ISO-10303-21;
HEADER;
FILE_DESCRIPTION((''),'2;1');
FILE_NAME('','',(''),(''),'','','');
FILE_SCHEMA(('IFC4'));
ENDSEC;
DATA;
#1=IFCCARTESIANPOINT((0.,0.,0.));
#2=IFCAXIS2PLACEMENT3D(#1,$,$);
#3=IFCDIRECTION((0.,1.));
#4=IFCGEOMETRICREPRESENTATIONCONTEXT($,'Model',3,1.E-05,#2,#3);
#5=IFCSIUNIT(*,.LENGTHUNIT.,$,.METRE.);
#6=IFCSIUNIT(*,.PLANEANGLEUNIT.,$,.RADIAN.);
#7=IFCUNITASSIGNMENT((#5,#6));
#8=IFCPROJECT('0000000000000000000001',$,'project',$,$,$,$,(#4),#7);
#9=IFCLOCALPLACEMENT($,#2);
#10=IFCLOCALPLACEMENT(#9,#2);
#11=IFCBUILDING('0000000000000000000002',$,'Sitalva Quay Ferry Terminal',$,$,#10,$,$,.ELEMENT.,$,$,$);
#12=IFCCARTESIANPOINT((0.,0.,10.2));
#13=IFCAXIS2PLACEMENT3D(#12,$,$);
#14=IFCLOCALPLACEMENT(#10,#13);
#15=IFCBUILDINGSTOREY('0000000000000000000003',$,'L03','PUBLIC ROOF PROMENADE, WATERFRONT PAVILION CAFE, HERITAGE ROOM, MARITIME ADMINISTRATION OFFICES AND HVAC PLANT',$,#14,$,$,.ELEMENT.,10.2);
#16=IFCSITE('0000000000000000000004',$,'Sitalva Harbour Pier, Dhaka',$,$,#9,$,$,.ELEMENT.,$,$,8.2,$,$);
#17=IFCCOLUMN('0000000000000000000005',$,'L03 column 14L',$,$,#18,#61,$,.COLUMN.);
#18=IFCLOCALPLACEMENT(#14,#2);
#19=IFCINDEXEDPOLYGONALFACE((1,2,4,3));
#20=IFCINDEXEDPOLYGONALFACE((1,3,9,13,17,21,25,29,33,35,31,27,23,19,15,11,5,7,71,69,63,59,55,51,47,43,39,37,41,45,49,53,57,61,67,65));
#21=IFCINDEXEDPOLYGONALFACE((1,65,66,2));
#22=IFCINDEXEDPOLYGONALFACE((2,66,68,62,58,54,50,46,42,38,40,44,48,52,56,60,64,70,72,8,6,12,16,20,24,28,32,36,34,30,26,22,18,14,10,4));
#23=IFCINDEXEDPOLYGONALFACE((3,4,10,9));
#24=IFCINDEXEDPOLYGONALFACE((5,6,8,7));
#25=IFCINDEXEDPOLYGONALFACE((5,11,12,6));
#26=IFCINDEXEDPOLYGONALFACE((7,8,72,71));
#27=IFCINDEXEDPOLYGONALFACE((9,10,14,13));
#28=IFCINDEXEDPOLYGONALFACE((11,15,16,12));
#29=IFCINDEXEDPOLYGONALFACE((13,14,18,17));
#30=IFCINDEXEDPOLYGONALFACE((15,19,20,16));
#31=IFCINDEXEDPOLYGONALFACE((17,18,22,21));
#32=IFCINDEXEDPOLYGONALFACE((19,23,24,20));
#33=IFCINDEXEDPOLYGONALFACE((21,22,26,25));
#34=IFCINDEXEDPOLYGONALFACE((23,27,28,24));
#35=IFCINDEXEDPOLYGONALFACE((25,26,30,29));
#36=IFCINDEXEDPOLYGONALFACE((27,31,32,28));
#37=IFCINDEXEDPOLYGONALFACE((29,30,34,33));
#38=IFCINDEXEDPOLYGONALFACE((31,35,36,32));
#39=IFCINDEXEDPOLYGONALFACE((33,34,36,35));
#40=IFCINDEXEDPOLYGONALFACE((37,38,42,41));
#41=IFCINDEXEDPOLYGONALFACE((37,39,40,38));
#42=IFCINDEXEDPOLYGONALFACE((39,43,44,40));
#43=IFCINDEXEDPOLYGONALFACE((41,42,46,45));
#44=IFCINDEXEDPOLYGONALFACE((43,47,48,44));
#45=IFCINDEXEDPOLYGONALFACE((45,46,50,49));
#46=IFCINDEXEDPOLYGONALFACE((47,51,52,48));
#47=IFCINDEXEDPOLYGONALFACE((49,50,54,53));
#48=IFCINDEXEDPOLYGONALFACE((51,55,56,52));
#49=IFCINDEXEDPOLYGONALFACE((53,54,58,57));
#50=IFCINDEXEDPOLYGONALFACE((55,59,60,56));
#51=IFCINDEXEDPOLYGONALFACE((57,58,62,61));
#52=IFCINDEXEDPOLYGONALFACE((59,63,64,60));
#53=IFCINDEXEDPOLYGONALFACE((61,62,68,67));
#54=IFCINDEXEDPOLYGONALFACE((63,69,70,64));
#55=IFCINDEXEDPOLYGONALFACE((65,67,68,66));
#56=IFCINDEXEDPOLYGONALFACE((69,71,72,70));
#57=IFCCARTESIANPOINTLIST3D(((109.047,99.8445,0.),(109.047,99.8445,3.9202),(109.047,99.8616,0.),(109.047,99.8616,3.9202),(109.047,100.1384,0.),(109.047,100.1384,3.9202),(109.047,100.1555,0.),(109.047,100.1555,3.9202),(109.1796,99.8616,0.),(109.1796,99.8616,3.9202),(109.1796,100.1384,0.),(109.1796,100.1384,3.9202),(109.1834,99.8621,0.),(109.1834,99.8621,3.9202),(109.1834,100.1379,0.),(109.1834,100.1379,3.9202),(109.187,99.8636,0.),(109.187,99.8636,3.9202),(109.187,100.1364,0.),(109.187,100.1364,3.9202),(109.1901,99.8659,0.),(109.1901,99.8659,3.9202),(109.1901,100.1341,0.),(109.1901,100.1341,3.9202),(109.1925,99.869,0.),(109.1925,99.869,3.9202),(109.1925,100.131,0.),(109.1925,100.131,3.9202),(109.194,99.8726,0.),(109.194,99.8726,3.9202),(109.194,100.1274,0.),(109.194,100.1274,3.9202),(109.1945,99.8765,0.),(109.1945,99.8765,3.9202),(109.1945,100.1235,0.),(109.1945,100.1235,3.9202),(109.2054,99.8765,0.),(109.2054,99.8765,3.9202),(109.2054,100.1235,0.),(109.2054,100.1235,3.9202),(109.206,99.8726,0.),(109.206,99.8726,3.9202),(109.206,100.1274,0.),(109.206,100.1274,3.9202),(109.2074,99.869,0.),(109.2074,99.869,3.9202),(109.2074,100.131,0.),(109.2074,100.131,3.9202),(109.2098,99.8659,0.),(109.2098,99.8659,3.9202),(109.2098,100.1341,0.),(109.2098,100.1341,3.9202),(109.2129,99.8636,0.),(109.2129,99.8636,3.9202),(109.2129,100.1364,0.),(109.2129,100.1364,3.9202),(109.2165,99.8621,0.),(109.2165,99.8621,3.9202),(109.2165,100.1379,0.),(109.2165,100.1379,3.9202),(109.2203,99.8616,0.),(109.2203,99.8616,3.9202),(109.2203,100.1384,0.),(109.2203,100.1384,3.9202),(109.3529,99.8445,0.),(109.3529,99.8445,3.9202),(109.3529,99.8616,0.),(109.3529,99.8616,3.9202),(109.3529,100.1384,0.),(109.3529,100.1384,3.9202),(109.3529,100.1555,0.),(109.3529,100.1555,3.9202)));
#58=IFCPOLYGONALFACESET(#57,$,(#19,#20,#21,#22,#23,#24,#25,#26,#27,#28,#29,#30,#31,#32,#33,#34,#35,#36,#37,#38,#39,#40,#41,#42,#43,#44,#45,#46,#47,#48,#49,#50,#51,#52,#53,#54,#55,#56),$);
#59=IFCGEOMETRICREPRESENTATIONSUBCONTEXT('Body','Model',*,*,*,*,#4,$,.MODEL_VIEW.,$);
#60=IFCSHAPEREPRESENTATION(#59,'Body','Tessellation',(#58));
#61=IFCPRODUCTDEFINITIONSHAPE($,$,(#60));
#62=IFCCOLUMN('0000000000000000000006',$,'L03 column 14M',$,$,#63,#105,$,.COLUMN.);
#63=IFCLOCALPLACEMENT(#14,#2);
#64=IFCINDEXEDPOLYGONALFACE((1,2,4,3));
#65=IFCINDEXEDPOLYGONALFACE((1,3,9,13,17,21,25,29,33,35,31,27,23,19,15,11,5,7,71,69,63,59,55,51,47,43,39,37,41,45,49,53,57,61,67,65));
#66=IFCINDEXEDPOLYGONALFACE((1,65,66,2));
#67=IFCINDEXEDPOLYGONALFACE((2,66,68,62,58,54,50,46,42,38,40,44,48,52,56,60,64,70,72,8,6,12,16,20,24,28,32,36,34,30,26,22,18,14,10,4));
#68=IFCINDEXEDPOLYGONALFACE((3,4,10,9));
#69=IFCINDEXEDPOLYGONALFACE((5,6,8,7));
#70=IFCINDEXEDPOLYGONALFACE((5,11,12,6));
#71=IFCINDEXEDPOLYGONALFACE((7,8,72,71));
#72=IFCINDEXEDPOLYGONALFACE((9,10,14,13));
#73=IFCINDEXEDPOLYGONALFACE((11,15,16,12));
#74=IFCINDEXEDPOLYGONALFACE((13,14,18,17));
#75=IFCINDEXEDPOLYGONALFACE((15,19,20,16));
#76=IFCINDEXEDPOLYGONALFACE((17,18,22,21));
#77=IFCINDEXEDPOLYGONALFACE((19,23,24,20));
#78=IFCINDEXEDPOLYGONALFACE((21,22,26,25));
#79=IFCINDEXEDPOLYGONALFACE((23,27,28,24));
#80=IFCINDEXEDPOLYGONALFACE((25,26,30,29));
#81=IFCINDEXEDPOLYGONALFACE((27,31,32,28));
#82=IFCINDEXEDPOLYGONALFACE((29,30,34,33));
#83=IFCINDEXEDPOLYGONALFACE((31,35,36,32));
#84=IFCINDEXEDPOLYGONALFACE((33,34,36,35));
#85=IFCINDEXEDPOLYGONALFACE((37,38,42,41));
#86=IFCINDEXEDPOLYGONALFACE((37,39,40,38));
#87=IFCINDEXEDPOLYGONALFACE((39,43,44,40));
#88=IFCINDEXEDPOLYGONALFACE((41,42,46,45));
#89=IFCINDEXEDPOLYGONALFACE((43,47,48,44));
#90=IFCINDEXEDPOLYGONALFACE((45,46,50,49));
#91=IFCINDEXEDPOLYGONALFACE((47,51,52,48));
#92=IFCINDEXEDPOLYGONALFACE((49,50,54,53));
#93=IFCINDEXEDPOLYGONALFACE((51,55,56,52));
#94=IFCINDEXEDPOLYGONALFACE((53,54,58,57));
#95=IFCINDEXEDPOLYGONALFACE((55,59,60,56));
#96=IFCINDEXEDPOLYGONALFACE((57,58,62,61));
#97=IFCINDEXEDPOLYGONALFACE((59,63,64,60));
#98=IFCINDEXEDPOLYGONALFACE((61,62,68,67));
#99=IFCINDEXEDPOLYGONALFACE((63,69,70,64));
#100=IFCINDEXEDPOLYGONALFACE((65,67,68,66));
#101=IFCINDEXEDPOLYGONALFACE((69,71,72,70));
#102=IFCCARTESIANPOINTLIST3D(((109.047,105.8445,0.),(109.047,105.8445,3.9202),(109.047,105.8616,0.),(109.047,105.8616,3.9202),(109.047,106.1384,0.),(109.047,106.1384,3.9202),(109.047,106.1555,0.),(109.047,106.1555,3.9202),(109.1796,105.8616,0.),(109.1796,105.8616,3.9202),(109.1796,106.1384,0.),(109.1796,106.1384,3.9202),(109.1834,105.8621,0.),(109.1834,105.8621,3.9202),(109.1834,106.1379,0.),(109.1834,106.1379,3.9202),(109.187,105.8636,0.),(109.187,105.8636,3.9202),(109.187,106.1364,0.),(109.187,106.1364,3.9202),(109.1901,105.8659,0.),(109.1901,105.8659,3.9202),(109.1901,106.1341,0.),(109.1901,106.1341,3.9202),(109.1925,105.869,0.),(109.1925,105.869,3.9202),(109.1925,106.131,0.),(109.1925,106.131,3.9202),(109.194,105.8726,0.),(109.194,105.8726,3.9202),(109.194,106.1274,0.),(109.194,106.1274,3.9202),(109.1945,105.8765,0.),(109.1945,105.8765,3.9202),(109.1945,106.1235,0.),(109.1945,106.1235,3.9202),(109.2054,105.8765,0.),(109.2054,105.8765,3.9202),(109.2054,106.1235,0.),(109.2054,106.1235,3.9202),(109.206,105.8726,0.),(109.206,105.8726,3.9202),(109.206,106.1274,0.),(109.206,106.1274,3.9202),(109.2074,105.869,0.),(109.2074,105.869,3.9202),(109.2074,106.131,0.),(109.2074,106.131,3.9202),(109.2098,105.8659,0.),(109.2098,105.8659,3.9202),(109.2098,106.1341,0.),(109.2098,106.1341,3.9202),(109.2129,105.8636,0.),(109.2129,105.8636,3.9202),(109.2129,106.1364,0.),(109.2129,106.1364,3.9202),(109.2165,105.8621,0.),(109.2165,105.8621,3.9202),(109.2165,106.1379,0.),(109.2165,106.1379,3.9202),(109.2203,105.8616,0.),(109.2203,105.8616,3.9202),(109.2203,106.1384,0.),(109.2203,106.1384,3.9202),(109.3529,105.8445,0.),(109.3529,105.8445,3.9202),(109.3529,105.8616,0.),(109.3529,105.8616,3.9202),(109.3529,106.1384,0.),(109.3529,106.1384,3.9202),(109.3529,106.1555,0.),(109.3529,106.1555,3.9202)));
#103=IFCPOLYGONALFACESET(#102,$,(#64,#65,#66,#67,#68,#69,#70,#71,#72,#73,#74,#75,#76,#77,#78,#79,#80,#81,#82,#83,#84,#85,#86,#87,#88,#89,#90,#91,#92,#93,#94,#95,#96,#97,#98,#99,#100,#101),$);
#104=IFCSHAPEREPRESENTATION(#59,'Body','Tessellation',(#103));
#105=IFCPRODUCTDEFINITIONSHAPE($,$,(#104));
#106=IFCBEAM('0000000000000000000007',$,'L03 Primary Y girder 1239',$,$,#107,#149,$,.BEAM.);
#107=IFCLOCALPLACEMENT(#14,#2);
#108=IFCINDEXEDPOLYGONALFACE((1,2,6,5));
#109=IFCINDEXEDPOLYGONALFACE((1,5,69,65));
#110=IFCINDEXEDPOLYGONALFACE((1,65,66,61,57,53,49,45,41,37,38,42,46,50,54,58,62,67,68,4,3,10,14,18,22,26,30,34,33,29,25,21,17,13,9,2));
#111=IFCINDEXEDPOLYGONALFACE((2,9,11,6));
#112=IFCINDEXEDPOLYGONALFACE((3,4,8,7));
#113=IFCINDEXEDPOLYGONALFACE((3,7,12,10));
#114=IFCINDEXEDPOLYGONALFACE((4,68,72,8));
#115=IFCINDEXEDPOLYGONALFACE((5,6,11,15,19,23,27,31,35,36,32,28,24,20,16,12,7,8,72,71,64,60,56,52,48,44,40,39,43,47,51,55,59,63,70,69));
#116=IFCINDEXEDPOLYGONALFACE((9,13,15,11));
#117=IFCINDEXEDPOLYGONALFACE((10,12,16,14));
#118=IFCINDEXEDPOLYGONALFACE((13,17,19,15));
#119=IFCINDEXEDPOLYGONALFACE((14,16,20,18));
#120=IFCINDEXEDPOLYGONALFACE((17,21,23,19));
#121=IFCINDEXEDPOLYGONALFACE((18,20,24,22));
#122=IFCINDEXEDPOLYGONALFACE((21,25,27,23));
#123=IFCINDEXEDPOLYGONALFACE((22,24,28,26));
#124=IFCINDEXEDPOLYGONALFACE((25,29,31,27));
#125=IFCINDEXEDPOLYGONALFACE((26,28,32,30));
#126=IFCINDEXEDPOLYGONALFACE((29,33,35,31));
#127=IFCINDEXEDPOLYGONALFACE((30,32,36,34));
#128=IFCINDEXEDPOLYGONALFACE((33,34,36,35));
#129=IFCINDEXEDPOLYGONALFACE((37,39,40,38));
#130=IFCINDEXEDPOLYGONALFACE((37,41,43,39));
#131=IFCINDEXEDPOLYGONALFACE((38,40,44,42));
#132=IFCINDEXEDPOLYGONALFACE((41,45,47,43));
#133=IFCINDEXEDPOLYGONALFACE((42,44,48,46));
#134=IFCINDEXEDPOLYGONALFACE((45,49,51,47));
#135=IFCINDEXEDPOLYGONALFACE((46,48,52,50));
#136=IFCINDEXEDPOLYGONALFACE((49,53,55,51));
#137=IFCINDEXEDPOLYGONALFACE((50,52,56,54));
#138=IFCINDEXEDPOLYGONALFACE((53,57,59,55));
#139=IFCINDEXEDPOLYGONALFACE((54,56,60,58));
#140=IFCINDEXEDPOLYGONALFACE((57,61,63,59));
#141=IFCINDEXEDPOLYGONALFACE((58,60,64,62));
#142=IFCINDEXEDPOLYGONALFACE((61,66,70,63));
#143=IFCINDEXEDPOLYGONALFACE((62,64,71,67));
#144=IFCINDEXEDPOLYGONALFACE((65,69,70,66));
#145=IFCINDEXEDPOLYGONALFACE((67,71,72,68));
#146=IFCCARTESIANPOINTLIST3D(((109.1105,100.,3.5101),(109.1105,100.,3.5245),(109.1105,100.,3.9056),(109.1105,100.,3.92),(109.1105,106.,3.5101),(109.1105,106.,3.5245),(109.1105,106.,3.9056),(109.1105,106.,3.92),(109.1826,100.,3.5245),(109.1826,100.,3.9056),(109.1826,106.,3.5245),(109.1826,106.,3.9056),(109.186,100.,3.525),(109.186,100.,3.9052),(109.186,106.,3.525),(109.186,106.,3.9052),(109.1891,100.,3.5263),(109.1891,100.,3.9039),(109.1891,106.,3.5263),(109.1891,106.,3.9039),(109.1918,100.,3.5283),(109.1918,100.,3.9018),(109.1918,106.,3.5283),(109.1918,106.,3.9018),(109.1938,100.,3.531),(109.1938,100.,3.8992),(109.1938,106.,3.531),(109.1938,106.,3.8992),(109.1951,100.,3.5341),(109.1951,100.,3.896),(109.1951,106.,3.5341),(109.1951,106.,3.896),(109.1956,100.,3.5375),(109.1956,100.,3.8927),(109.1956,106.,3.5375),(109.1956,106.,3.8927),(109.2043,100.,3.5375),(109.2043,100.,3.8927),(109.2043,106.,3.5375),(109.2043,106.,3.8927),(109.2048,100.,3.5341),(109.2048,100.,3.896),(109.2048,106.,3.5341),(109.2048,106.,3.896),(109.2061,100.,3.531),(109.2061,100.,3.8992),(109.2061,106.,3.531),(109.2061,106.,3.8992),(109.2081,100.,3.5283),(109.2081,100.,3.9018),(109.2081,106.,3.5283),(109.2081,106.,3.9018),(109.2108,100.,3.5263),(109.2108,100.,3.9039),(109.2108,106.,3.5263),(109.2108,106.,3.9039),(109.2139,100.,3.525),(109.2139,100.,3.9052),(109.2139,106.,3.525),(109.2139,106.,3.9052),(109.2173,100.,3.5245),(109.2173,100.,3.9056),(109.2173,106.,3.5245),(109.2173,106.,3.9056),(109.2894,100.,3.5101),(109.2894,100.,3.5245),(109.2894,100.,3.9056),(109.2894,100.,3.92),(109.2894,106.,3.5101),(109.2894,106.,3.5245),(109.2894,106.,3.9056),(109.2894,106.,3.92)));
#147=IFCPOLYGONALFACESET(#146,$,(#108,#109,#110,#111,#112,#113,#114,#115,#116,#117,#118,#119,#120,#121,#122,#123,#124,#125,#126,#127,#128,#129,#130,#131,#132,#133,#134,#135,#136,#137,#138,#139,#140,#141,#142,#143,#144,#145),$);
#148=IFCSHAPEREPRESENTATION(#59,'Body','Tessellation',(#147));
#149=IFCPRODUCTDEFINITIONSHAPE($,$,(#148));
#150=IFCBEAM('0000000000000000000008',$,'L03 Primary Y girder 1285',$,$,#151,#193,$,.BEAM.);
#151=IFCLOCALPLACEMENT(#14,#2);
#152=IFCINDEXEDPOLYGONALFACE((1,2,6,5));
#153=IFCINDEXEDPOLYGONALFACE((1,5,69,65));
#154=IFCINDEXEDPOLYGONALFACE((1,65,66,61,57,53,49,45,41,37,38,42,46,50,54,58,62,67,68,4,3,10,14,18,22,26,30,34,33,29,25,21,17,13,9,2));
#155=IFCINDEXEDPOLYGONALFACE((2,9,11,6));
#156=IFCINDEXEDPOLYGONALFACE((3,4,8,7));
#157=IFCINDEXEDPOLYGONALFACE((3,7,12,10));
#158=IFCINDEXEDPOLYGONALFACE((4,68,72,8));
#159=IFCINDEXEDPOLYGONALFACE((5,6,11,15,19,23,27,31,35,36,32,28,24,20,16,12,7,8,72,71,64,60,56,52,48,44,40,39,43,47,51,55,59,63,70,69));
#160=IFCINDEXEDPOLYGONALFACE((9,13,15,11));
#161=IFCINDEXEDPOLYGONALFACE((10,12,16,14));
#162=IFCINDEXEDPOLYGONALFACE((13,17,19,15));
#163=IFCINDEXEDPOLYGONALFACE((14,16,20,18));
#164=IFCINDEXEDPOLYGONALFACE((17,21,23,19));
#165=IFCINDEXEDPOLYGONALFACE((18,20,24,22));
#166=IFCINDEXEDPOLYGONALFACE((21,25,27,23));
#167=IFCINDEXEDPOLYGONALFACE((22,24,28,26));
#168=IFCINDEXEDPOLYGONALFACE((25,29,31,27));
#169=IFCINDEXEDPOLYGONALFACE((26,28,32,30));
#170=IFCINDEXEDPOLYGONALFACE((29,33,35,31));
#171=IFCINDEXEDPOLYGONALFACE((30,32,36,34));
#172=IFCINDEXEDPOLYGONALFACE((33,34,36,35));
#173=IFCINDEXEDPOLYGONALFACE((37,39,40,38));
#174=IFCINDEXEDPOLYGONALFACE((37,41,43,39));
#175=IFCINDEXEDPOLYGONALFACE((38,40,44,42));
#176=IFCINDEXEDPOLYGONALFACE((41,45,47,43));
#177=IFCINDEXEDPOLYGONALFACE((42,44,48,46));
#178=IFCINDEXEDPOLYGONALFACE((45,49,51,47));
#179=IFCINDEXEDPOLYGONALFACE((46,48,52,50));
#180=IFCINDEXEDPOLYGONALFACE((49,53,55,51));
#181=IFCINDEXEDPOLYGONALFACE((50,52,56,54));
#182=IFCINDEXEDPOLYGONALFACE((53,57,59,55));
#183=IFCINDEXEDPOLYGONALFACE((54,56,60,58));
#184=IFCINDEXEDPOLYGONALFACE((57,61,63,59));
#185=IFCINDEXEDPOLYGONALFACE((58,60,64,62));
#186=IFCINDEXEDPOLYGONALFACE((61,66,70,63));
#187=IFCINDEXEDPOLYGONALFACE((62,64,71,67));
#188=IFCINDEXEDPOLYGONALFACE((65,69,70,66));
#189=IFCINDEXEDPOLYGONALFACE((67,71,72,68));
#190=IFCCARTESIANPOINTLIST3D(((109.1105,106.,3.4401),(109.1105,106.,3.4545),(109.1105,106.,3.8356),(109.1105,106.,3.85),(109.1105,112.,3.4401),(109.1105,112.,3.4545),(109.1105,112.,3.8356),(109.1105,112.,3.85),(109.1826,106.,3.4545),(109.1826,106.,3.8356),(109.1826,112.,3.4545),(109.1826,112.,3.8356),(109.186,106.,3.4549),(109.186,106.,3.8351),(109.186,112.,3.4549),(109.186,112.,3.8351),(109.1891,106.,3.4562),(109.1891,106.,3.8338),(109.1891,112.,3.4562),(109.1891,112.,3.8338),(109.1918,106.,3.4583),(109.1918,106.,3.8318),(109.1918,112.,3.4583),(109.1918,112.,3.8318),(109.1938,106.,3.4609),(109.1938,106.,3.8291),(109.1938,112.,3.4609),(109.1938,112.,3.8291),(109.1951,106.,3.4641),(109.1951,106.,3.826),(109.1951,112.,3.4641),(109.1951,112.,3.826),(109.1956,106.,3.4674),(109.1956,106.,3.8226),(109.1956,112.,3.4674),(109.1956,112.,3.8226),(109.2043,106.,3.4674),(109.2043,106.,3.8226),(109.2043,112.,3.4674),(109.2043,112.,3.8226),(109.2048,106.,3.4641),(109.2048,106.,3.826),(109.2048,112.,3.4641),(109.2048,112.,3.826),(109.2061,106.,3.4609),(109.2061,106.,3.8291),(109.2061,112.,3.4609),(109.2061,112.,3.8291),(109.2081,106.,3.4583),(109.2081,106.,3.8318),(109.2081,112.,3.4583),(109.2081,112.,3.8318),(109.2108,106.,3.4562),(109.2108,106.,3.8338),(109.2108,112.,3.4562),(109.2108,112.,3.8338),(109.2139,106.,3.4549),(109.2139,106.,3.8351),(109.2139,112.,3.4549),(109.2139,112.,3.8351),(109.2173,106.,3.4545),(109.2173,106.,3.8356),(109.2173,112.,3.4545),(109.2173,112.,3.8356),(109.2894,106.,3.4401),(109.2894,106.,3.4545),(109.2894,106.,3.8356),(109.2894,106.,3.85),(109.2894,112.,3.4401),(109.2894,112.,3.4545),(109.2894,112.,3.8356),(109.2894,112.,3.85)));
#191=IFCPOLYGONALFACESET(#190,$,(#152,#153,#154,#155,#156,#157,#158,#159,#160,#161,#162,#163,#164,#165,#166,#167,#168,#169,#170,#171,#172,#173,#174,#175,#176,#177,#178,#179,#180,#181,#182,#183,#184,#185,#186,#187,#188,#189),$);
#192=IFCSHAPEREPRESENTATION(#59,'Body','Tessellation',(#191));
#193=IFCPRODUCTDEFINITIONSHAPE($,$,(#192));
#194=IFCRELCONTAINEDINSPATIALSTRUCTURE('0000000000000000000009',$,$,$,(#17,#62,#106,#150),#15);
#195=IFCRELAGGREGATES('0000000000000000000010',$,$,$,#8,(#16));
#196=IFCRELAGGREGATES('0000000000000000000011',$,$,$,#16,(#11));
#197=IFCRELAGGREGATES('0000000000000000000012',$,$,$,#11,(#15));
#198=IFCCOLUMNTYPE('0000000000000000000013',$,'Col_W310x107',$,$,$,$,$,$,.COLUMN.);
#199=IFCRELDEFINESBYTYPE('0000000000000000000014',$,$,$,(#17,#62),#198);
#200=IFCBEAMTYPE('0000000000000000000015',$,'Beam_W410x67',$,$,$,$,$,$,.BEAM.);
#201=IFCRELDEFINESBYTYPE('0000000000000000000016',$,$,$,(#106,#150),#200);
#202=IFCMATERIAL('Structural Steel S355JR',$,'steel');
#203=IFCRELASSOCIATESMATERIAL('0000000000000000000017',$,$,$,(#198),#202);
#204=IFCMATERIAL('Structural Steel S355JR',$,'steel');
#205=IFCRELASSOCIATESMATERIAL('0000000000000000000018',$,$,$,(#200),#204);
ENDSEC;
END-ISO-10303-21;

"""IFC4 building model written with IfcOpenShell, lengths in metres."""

from ifc_helpers import new_model, si_unit, direction, frame, origin, origin_2d, place, context, subcontext, project, spatial, i_section, extrude, material, material_profile, profile_set, type_object, element, save


model = new_model("IFC4")

# Units and contexts
model_context = context("Model", 3, precision=1e-05, world=origin(), true_north=direction((0.0, 1.0)))
body_context = subcontext(model_context, "Body", "Model", "MODEL_VIEW")
ifc_project = project(units=[si_unit("LENGTHUNIT", "METRE"), si_unit("PLANEANGLEUNIT", "RADIAN")], contexts=[model_context])

# Site, building, storey
site_placement = place(None, origin())
site = spatial("IfcSite", under=ifc_project, at=site_placement, Name="Sitalva Harbour Pier, Dhaka", CompositionType="ELEMENT", RefElevation=8.2)
building_placement = place(site_placement, origin())
building = spatial("IfcBuilding", under=site, at=building_placement, Name="Sitalva Quay Ferry Terminal", CompositionType="ELEMENT")
storey_placement = place(building_placement, frame((0.0, 0.0, 10.2)))
storey = spatial("IfcBuildingStorey", under=building, at=storey_placement, Name="L03", Description="PUBLIC ROOF PROMENADE, WATERFRONT PAVILION CAFE, HERITAGE ROOM, MARITIME ADMINISTRATION OFFICES AND HVAC PLANT", CompositionType="ELEMENT", Elevation=10.2)

# Columns
ifc_material_1 = material(Name="Structural Steel S355JR", Category="steel")
ifc_material_profile_1 = material_profile(ifc_material_1, i_section(OverallWidth=0.3059, OverallDepth=0.311, WebThickness=0.011, FlangeThickness=0.0171, FilletRadius=0.0149, at=origin_2d()), Name="W310x107")
ifc_profile_set_1 = profile_set([ifc_material_profile_1], Name="Structural Steel S355JR")
column_type = type_object("IfcColumnType", Name="Col_W310x107", PredefinedType="COLUMN", material=ifc_profile_set_1)
for number, where, z_axis, x_axis, name in (
    (1, (109.2, 100.0, 0.0), (0.0, 0.0, 1.0), (1.0, 0.0, 0.0), "L03 column 14L"),
    (2, (109.2, 106.0, 0.0), (0.0, 0.0, 1.0), (1.0, 0.0, 0.0), "L03 column 14M"),
):
    element("IfcColumn", number, at=place(storey_placement, frame(where, z_axis=z_axis, x_axis=x_axis)), inside=storey, type_object=column_type, Name=name, PredefinedType="COLUMN", context=body_context, shape_type="SweptSolid", body=[
        extrude(i_section(OverallWidth=0.3059, OverallDepth=0.311, WebThickness=0.011, FlangeThickness=0.0171, FilletRadius=0.0149, at=origin_2d()), origin(), (0.0, 0.0, 1.0), 3.9202),
    ])

# Beams
ifc_material_2 = material(Name="Structural Steel S355JR", Category="steel")
ifc_material_profile_2 = material_profile(ifc_material_2, i_section(OverallWidth=0.179, OverallDepth=0.4099, WebThickness=0.0088, FlangeThickness=0.0144, FilletRadius=0.0129, at=origin_2d()), Name="W410x67")
ifc_profile_set_2 = profile_set([ifc_material_profile_2], Name="Structural Steel S355JR")
beam_type_1 = type_object("IfcBeamType", Name="Beam_W410x67", PredefinedType="BEAM", material=ifc_profile_set_2)
for number, where, z_axis, x_axis, name in (
    (3, (109.2, 100.0, 3.7151), (0.0, 1.0, 0.0), (-1.0, 0.0, 0.0), "L03 Primary Y girder 1239"),
    (4, (109.2, 106.0, 3.645), (0.0, 1.0, 0.0), (-1.0, 0.0, 0.0), "L03 Primary Y girder 1285"),
):
    element("IfcBeam", number, at=place(storey_placement, frame(where, z_axis=z_axis, x_axis=x_axis)), inside=storey, type_object=beam_type_1, Name=name, PredefinedType="BEAM", context=body_context, shape_type="SweptSolid", body=[
        extrude(i_section(OverallWidth=0.179, OverallDepth=0.4099, WebThickness=0.0088, FlangeThickness=0.0144, FilletRadius=0.0129, at=origin_2d()), origin(), (0.0, 0.0, 1.0), 6.0),
    ])

save(model, "model.ifc")
